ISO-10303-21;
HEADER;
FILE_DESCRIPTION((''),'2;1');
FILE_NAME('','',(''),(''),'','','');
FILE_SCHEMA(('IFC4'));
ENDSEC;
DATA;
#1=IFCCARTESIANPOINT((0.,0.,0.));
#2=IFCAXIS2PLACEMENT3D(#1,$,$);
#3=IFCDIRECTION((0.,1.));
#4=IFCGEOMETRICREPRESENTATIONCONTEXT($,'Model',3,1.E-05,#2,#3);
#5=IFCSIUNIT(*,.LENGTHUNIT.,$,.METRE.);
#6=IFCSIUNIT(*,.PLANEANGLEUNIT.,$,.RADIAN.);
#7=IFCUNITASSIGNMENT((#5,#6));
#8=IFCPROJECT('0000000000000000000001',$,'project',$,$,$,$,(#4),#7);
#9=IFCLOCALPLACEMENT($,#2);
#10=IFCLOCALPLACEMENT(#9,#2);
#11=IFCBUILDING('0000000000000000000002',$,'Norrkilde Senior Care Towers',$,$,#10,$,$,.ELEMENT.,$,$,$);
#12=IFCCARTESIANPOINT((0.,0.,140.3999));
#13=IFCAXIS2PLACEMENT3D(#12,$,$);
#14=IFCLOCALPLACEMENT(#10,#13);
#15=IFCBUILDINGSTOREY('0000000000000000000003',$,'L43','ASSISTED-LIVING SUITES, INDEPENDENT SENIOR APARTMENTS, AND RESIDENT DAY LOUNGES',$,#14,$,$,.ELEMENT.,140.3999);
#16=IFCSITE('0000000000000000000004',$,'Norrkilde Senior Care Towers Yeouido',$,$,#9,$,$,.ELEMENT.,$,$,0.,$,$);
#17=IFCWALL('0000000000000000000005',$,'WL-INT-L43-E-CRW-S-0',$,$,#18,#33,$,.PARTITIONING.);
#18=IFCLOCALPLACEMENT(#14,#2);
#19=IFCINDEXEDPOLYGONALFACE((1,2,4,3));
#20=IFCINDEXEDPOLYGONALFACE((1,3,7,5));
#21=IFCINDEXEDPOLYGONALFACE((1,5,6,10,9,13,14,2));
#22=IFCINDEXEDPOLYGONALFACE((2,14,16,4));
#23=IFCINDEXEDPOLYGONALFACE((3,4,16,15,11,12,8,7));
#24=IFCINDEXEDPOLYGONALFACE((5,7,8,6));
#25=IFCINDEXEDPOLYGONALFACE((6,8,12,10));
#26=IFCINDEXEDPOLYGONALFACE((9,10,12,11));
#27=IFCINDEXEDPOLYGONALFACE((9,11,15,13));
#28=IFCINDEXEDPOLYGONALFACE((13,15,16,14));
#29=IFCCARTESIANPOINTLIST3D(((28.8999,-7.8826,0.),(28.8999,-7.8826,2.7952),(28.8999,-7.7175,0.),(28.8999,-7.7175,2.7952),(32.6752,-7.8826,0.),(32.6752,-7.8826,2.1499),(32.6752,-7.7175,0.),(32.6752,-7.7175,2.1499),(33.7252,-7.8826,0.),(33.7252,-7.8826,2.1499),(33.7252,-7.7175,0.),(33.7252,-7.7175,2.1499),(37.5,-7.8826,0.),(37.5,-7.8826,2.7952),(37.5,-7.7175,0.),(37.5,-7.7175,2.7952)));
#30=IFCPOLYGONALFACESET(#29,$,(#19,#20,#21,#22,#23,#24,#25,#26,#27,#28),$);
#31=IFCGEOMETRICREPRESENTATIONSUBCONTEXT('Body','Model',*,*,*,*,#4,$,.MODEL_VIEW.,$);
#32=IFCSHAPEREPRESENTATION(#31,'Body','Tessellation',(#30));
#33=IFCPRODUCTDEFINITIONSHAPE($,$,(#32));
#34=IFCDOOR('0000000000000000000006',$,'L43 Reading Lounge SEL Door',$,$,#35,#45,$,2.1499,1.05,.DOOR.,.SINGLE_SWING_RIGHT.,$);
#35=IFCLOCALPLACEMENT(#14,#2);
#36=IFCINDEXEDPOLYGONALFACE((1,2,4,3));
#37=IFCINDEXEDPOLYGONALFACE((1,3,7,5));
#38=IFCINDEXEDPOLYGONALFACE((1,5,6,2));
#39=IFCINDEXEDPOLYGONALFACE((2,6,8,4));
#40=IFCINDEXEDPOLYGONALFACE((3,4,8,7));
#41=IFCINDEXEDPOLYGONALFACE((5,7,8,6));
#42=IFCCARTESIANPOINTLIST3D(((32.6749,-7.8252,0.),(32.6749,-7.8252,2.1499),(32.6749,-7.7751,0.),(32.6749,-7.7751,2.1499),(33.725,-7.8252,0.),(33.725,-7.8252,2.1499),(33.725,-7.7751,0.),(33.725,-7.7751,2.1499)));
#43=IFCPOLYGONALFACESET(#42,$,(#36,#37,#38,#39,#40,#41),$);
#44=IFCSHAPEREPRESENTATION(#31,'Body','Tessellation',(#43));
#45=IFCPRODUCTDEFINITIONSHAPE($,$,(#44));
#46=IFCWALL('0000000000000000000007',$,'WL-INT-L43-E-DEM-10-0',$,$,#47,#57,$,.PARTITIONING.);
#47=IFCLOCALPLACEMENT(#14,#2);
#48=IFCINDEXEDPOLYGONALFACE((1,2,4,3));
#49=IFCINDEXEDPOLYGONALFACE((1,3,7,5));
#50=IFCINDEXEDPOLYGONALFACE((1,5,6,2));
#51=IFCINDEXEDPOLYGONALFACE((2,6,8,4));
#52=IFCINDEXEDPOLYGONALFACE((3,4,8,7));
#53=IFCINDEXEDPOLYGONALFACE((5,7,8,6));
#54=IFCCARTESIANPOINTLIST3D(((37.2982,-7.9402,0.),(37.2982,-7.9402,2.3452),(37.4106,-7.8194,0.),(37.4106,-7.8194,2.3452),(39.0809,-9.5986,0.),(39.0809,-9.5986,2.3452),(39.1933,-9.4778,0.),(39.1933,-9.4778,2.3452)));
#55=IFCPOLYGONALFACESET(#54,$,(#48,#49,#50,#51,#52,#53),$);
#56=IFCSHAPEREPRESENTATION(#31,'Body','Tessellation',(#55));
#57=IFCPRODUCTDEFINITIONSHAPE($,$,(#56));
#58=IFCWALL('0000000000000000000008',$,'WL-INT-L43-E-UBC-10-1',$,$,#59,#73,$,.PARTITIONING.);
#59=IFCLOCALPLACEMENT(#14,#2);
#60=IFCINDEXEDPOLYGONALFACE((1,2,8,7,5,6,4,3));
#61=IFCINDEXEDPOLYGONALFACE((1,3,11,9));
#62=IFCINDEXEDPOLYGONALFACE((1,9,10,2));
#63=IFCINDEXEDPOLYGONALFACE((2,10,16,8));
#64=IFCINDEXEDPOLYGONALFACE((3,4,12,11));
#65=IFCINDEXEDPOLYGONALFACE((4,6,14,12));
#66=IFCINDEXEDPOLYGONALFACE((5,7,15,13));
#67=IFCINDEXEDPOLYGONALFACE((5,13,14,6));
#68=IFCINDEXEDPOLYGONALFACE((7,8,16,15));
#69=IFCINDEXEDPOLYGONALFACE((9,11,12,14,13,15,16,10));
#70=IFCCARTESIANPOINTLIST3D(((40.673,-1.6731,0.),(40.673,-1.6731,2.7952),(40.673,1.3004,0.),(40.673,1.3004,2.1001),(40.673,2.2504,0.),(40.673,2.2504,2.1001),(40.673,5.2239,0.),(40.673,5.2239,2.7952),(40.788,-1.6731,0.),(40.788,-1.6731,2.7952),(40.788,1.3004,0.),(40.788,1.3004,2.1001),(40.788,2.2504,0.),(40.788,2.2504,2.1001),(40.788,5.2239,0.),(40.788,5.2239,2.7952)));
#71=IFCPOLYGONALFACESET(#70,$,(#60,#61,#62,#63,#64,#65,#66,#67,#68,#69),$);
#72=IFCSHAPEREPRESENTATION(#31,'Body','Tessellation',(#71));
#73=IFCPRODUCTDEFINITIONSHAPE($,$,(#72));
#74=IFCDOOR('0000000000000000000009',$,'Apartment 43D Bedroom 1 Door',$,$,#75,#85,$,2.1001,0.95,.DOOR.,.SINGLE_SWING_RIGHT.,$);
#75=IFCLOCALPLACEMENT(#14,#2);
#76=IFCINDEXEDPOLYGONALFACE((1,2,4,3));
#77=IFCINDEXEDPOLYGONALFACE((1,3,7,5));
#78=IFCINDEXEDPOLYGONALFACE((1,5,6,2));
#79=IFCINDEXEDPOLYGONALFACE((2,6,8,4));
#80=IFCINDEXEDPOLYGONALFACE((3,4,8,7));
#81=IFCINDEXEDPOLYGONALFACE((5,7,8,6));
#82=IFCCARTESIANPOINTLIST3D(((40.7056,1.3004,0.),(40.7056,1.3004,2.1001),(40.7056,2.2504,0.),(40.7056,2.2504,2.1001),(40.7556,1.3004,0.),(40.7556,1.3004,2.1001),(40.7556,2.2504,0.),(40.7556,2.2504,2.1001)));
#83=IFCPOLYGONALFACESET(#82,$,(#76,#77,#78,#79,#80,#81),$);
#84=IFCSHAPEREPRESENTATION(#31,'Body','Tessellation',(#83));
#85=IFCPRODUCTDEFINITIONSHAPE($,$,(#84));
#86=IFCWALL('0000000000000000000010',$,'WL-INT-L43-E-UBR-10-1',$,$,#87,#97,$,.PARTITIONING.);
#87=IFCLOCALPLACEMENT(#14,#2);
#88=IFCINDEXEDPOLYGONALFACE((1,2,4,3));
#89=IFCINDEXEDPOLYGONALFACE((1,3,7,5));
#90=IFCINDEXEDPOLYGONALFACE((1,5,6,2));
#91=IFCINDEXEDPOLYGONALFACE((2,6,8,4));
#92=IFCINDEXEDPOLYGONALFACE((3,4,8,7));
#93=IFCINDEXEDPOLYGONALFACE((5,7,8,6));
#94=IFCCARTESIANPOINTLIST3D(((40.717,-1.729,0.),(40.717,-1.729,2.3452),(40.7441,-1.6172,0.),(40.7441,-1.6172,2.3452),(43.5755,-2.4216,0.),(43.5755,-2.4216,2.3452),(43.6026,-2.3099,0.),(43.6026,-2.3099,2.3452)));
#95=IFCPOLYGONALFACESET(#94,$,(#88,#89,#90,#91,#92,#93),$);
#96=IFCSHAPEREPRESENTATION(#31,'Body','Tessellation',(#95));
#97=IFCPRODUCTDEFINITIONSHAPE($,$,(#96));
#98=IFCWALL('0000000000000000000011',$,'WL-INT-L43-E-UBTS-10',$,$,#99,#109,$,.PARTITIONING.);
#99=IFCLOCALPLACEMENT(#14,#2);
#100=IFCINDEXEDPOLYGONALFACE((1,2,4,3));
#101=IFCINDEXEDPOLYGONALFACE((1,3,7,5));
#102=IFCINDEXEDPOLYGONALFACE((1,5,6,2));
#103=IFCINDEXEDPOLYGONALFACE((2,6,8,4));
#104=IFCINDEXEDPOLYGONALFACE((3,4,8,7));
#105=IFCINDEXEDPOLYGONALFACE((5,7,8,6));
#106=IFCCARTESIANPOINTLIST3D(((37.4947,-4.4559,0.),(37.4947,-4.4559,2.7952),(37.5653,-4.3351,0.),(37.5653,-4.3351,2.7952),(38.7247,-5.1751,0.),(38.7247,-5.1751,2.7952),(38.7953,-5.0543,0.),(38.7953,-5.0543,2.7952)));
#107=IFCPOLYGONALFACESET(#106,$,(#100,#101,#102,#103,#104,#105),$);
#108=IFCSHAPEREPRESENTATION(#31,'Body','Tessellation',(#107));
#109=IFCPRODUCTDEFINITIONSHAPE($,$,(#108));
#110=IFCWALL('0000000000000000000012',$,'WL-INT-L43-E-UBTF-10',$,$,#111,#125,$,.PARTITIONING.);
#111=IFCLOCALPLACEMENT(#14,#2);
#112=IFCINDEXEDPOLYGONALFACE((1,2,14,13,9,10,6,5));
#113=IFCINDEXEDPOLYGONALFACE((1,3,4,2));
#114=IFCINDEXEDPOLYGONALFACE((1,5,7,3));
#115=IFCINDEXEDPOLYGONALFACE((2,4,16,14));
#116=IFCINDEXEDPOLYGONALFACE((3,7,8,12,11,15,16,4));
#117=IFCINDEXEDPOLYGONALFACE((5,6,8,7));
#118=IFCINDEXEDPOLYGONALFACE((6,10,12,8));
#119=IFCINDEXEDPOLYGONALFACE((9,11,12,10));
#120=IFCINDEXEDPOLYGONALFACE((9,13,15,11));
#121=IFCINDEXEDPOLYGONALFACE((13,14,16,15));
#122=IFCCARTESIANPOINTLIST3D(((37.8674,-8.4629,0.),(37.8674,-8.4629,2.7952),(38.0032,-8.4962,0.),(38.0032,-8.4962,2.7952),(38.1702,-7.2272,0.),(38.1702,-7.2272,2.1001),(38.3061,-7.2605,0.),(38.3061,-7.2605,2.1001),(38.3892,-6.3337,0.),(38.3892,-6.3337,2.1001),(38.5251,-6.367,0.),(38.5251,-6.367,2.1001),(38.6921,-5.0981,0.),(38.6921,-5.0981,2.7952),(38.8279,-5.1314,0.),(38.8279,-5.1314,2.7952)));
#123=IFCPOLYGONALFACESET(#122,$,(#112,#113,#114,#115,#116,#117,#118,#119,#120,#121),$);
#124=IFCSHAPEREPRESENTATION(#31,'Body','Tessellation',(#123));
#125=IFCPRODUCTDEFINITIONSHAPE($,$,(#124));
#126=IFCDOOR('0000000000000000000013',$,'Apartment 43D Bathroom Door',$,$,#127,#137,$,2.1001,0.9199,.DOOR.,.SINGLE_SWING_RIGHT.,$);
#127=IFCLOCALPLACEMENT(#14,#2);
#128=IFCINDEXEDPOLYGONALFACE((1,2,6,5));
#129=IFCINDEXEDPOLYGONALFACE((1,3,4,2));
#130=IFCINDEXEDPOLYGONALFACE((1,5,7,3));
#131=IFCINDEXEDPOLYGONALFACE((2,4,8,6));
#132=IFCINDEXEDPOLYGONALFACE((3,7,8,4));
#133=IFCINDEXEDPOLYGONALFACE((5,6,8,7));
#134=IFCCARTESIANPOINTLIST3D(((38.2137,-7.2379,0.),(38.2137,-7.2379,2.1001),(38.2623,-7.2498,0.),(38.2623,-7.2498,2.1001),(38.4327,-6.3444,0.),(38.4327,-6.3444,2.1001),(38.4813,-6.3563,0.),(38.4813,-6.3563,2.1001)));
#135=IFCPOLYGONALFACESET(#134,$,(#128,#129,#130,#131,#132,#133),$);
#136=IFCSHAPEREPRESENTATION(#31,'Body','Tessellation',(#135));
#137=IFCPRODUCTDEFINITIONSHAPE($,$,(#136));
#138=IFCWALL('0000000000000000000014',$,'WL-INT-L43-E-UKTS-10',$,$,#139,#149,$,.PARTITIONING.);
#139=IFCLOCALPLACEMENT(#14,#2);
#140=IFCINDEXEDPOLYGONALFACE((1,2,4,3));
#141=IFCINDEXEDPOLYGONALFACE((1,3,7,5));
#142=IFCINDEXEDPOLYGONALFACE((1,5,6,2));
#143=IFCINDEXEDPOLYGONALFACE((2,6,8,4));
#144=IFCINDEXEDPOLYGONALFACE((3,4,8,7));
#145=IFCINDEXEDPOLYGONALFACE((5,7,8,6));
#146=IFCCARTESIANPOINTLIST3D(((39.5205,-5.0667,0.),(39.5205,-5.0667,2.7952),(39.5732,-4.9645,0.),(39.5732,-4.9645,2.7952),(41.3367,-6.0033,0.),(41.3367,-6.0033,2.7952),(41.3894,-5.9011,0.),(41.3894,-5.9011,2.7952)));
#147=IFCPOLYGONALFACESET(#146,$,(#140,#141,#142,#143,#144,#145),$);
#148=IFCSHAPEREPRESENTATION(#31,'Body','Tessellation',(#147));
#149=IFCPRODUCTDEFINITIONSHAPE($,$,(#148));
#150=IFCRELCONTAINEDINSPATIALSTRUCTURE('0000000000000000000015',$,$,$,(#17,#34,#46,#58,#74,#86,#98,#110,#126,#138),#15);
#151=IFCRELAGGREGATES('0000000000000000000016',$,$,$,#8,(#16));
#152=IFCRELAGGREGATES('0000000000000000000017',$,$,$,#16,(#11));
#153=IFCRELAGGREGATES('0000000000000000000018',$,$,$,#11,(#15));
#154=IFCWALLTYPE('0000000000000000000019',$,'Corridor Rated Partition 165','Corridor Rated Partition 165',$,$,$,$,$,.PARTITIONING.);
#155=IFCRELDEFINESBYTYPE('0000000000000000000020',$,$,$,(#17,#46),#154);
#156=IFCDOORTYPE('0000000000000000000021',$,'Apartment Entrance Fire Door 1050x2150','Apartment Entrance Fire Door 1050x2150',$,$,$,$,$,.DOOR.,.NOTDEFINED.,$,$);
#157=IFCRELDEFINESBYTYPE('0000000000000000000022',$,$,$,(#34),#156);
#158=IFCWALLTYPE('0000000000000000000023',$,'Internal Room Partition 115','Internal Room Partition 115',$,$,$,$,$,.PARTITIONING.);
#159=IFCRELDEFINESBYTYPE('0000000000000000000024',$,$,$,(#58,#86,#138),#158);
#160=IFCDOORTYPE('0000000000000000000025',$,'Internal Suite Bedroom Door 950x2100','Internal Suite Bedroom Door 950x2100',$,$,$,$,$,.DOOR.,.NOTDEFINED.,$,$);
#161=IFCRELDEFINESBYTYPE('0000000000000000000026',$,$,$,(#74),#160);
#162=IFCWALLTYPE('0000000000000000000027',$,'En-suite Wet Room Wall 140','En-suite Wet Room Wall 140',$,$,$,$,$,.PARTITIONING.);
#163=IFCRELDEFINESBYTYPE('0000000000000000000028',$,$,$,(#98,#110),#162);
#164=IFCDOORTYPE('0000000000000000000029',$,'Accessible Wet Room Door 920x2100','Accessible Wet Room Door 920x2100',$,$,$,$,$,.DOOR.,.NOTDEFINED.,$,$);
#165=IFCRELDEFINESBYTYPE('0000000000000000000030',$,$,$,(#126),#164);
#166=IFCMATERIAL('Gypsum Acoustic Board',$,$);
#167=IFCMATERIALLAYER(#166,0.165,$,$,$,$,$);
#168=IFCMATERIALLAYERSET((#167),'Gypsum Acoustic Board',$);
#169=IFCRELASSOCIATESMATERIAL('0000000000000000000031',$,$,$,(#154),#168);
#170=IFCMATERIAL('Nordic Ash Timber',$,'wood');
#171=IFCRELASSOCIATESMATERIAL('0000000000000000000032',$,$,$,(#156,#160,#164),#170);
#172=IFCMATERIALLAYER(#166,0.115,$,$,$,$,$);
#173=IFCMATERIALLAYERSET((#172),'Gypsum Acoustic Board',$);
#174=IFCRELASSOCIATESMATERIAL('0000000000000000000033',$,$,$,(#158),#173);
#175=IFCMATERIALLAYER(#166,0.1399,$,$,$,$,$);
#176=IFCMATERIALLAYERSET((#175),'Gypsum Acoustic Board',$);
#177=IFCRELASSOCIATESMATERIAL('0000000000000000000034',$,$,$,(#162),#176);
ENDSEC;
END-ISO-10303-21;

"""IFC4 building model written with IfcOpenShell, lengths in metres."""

from ifc_helpers import new_model, si_unit, direction, frame, frame_2d, origin, place, context, subcontext, project, spatial, rectangle, extrude, source, transform, mapped, material, layer, layer_set, type_object, type_shapes, element, fill, save


model = new_model("IFC4")

# Units and contexts
model_context = context("Model", 3, precision=1e-05, world=origin(), true_north=direction((0.0, 1.0)))
body_context = subcontext(model_context, "Body", "Model", "MODEL_VIEW")
ifc_project = project(units=[si_unit("LENGTHUNIT", "METRE"), si_unit("PLANEANGLEUNIT", "RADIAN")], contexts=[model_context])

# Site, building, storey
site_placement = place(None, origin())
site = spatial("IfcSite", under=ifc_project, at=site_placement, Name="Norrkilde Senior Care Towers Yeouido", CompositionType="ELEMENT", RefElevation=0.0)
building_placement = place(site_placement, origin())
building = spatial("IfcBuilding", under=site, at=building_placement, Name="Norrkilde Senior Care Towers", CompositionType="ELEMENT")
storey_placement = place(building_placement, frame((0.0, 0.0, 140.3999)))
storey = spatial("IfcBuildingStorey", under=building, at=storey_placement, Name="L43", Description="ASSISTED-LIVING SUITES, INDEPENDENT SENIOR APARTMENTS, AND RESIDENT DAY LOUNGES", CompositionType="ELEMENT", Elevation=140.3999)

# Wall, opening, door
ifc_material_1 = material(Name="Gypsum Acoustic Board")
ifc_layer_1 = layer(ifc_material_1, 0.165)
ifc_layer_set_1 = layer_set([ifc_layer_1], Name="Gypsum Acoustic Board")
wall_type_1 = type_object("IfcWallType", Name="Corridor Rated Partition 165", Description="Corridor Rated Partition 165", PredefinedType="PARTITIONING", material=ifc_layer_set_1)
shared_shape_1 = source(origin(), body_context, "Body", "SweptSolid", [
    extrude(rectangle(XDim=8.6001, YDim=0.165, at=frame_2d((4.3, 0.0))), origin(), (0.0, 0.0, 1.0), 2.7952),
])
wall_1_placement = place(storey_placement, frame((37.5, -7.8, 0.0), z_axis=(0.0, 0.0, 1.0), x_axis=(-1.0, 0.0, 0.0)))
wall_1 = element("IfcWall", 1, at=wall_1_placement, inside=storey, type_object=wall_type_1, Name="WL-INT-L43-E-CRW-S-0", PredefinedType="PARTITIONING", context=body_context, shape_type="MappedRepresentation", body=[
    mapped(shared_shape_1, transform((0.0, 0.0, 0.0), x_axis=(1.0, 0.0, 0.0), y_axis=(0.0, 1.0, 0.0), z_axis=(0.0, 0.0, 1.0), scale=1.0)),
])
opening_1_placement = place(wall_1_placement, frame((3.7749, 0.0, 0.0)))
opening_1 = element("IfcOpeningElement", 2, at=opening_1_placement, cuts=wall_1, PredefinedType="OPENING", context=body_context, shape_type="SweptSolid", body=[
    extrude(rectangle(XDim=1.05, YDim=2.1499, at=frame_2d((0.5249, 1.075))), frame((0.0, 0.0925, 0.0), z_axis=(0.0, -1.0, 0.0), x_axis=(1.0, 0.0, 0.0)), (0.0, 0.0, 1.0), 0.1851),
])
ifc_material_2 = material(Name="Nordic Ash Timber", Category="wood")
door_type_1 = type_object("IfcDoorType", Name="Apartment Entrance Fire Door 1050x2150", Description="Apartment Entrance Fire Door 1050x2150", OperationType="NOTDEFINED", PredefinedType="DOOR", material=ifc_material_2)
shared_shape_2 = source(origin(), body_context, "Body", "SweptSolid", [
    extrude(rectangle(XDim=1.05, YDim=2.1499, at=frame_2d((0.5249, 1.075))), frame((0.0, 0.0249, 0.0), z_axis=(0.0, -1.0, 0.0), x_axis=(1.0, 0.0, 0.0)), (0.0, 0.0, 1.0), 0.05),
])
type_shapes(door_type_1, [shared_shape_2])
door_1_placement = place(opening_1_placement, frame((1.05, 0.0, 0.0), z_axis=(0.0, 0.0, 1.0), x_axis=(-1.0, 0.0, 0.0)))
door_1 = element("IfcDoor", 3, at=door_1_placement, inside=storey, type_object=door_type_1, Name="L43 Reading Lounge SEL Door", OperationType="SINGLE_SWING_RIGHT", OverallHeight=2.1499, OverallWidth=1.05, PredefinedType="DOOR", context=body_context, shape_type="MappedRepresentation", body=[
    mapped(shared_shape_2, transform((0.0, 0.0, 0.0), x_axis=(1.0, 0.0, 0.0), y_axis=(0.0, 1.0, 0.0), z_axis=(0.0, 0.0, 1.0), scale=1.0)),
])
fill(opening_1, door_1)

# Wall
shared_shape_3 = source(origin(), body_context, "Body", "SweptSolid", [
    extrude(rectangle(XDim=2.4348, YDim=0.165, at=frame_2d((1.2173, 0.0))), origin(), (0.0, 0.0, 1.0), 2.3452),
])
type_shapes(wall_type_1, [shared_shape_1, shared_shape_3])
wall_2_placement = place(storey_placement, frame((37.3545, -7.8799, 0.0), z_axis=(0.0, 0.0, 1.0), x_axis=(0.732165, -0.681128, 0.0)))
element("IfcWall", 4, at=wall_2_placement, inside=storey, type_object=wall_type_1, Name="WL-INT-L43-E-DEM-10-0", PredefinedType="PARTITIONING", context=body_context, shape_type="MappedRepresentation", body=[
    mapped(shared_shape_3, transform((0.0, 0.0, 0.0), x_axis=(1.0, 0.0, 0.0), y_axis=(0.0, 1.0, 0.0), z_axis=(0.0, 0.0, 1.0), scale=1.0)),
])

# Wall, opening, door
ifc_layer_2 = layer(ifc_material_1, 0.115)
ifc_layer_set_2 = layer_set([ifc_layer_2], Name="Gypsum Acoustic Board")
wall_type_2 = type_object("IfcWallType", Name="Internal Room Partition 115", Description="Internal Room Partition 115", PredefinedType="PARTITIONING", material=ifc_layer_set_2)
shared_shape_4 = source(origin(), body_context, "Body", "SweptSolid", [
    extrude(rectangle(XDim=6.897, YDim=0.115, at=frame_2d((3.4485, 0.0))), origin(), (0.0, 0.0, 1.0), 2.7952),
])
wall_3_placement = place(storey_placement, frame((40.7305, -1.6731, 0.0), z_axis=(0.0, 0.0, 1.0), x_axis=(0.0, 1.0, 0.0)))
wall_3 = element("IfcWall", 5, at=wall_3_placement, inside=storey, type_object=wall_type_2, Name="WL-INT-L43-E-UBC-10-1", PredefinedType="PARTITIONING", context=body_context, shape_type="MappedRepresentation", body=[
    mapped(shared_shape_4, transform((0.0, 0.0, 0.0), x_axis=(1.0, 0.0, 0.0), y_axis=(0.0, 1.0, 0.0), z_axis=(0.0, 0.0, 1.0), scale=1.0)),
])
opening_2_placement = place(wall_3_placement, frame((2.9734, 0.0, 0.0)))
opening_2 = element("IfcOpeningElement", 6, at=opening_2_placement, cuts=wall_3, PredefinedType="OPENING", context=body_context, shape_type="SweptSolid", body=[
    extrude(rectangle(XDim=0.95, YDim=2.1001, at=frame_2d((0.4751, 1.05))), frame((0.0, 0.0674, 0.0), z_axis=(0.0, -1.0, 0.0), x_axis=(1.0, 0.0, 0.0)), (0.0, 0.0, 1.0), 0.135),
])
door_type_2 = type_object("IfcDoorType", Name="Internal Suite Bedroom Door 950x2100", Description="Internal Suite Bedroom Door 950x2100", OperationType="NOTDEFINED", PredefinedType="DOOR", material=ifc_material_2)
shared_shape_5 = source(origin(), body_context, "Body", "SweptSolid", [
    extrude(rectangle(XDim=0.95, YDim=2.1001, at=frame_2d((0.4751, 1.05))), frame((0.0, 0.0249, 0.0), z_axis=(0.0, -1.0, 0.0), x_axis=(1.0, 0.0, 0.0)), (0.0, 0.0, 1.0), 0.05),
])
type_shapes(door_type_2, [shared_shape_5])
door_2_placement = place(opening_2_placement, origin())
door_2 = element("IfcDoor", 7, at=door_2_placement, inside=storey, type_object=door_type_2, Name="Apartment 43D Bedroom 1 Door", OperationType="SINGLE_SWING_RIGHT", OverallHeight=2.1001, OverallWidth=0.95, PredefinedType="DOOR", context=body_context, shape_type="MappedRepresentation", body=[
    mapped(shared_shape_5, transform((0.0, 0.0, 0.0), x_axis=(1.0, 0.0, 0.0), y_axis=(0.0, 1.0, 0.0), z_axis=(0.0, 0.0, 1.0), scale=1.0)),
])
fill(opening_2, door_2)

# Walls
shared_shape_6 = source(origin(), body_context, "Body", "SweptSolid", [
    extrude(rectangle(XDim=2.9412, YDim=0.115, at=frame_2d((1.4707, 0.0))), origin(), (0.0, 0.0, 1.0), 2.3452),
])
wall_4_placement = place(storey_placement, frame((40.7305, -1.6731, 0.0), z_axis=(0.0, 0.0, 1.0), x_axis=(0.971875, -0.235498, 0.0)))
element("IfcWall", 8, at=wall_4_placement, inside=storey, type_object=wall_type_2, Name="WL-INT-L43-E-UBR-10-1", PredefinedType="PARTITIONING", context=body_context, shape_type="MappedRepresentation", body=[
    mapped(shared_shape_6, transform((0.0, 0.0, 0.0), x_axis=(1.0, 0.0, 0.0), y_axis=(0.0, 1.0, 0.0), z_axis=(0.0, 0.0, 1.0), scale=1.0)),
])
ifc_layer_3 = layer(ifc_material_1, 0.1399)
ifc_layer_set_3 = layer_set([ifc_layer_3], Name="Gypsum Acoustic Board")
wall_type_3 = type_object("IfcWallType", Name="En-suite Wet Room Wall 140", Description="En-suite Wet Room Wall 140", PredefinedType="PARTITIONING", material=ifc_layer_set_3)
shared_shape_7 = source(origin(), body_context, "Body", "SweptSolid", [
    extrude(rectangle(XDim=1.4248, YDim=0.1399, at=frame_2d((0.7124, 0.0))), origin(), (0.0, 0.0, 1.0), 2.7952),
])
wall_5_placement = place(storey_placement, frame((37.53, -4.3955, 0.0), z_axis=(0.0, 0.0, 1.0), x_axis=(0.863244, -0.504787, 0.0)))
element("IfcWall", 9, at=wall_5_placement, inside=storey, type_object=wall_type_3, Name="WL-INT-L43-E-UBTS-10", PredefinedType="PARTITIONING", context=body_context, shape_type="MappedRepresentation", body=[
    mapped(shared_shape_7, transform((0.0, 0.0, 0.0), x_axis=(1.0, 0.0, 0.0), y_axis=(0.0, 1.0, 0.0), z_axis=(0.0, 0.0, 1.0), scale=1.0)),
])

# Wall, opening, door
shared_shape_8 = source(origin(), body_context, "Body", "SweptSolid", [
    extrude(rectangle(XDim=3.4644, YDim=0.1399, at=frame_2d((1.7322, 0.0))), origin(), (0.0, 0.0, 1.0), 2.7952),
])
type_shapes(wall_type_3, [shared_shape_7, shared_shape_8])
wall_6_placement = place(storey_placement, frame((38.76, -5.1147, 0.0), z_axis=(0.0, 0.0, 1.0), x_axis=(-0.238056, -0.971251, 0.0)))
wall_6 = element("IfcWall", 10, at=wall_6_placement, inside=storey, type_object=wall_type_3, Name="WL-INT-L43-E-UBTF-10", PredefinedType="PARTITIONING", context=body_context, shape_type="MappedRepresentation", body=[
    mapped(shared_shape_8, transform((0.0, 0.0, 0.0), x_axis=(1.0, 0.0, 0.0), y_axis=(0.0, 1.0, 0.0), z_axis=(0.0, 0.0, 1.0), scale=1.0)),
])
opening_3_placement = place(wall_6_placement, frame((1.2722, 0.0, 0.0)))
opening_3 = element("IfcOpeningElement", 11, at=opening_3_placement, cuts=wall_6, PredefinedType="OPENING", context=body_context, shape_type="SweptSolid", body=[
    extrude(rectangle(XDim=0.9199, YDim=2.1001, at=frame_2d((0.46, 1.05))), frame((0.0, 0.0798, 0.0), z_axis=(0.0, -1.0, 0.0), x_axis=(1.0, 0.0, 0.0)), (0.0, 0.0, 1.0), 0.1599),
])
door_type_3 = type_object("IfcDoorType", Name="Accessible Wet Room Door 920x2100", Description="Accessible Wet Room Door 920x2100", OperationType="NOTDEFINED", PredefinedType="DOOR", material=ifc_material_2)
shared_shape_9 = source(origin(), body_context, "Body", "SweptSolid", [
    extrude(rectangle(XDim=0.9199, YDim=2.1001, at=frame_2d((0.46, 1.05))), frame((0.0, 0.0249, 0.0), z_axis=(0.0, -1.0, 0.0), x_axis=(1.0, 0.0, 0.0)), (0.0, 0.0, 1.0), 0.05),
])
type_shapes(door_type_3, [shared_shape_9])
door_3_placement = place(opening_3_placement, origin())
door_3 = element("IfcDoor", 12, at=door_3_placement, inside=storey, type_object=door_type_3, Name="Apartment 43D Bathroom Door", OperationType="SINGLE_SWING_RIGHT", OverallHeight=2.1001, OverallWidth=0.9199, PredefinedType="DOOR", context=body_context, shape_type="MappedRepresentation", body=[
    mapped(shared_shape_9, transform((0.0, 0.0, 0.0), x_axis=(1.0, 0.0, 0.0), y_axis=(0.0, 1.0, 0.0), z_axis=(0.0, 0.0, 1.0), scale=1.0)),
])
fill(opening_3, door_3)

# Wall
shared_shape_10 = source(origin(), body_context, "Body", "SweptSolid", [
    extrude(rectangle(XDim=2.0435, YDim=0.115, at=frame_2d((1.0217, 0.0))), origin(), (0.0, 0.0, 1.0), 2.7952),
])
wall_7_placement = place(storey_placement, frame((39.5469, -5.0156, 0.0), z_axis=(0.0, 0.0, 1.0), x_axis=(0.88879, -0.458314, 0.0)))
element("IfcWall", 13, at=wall_7_placement, inside=storey, type_object=wall_type_2, Name="WL-INT-L43-E-UKTS-10", PredefinedType="PARTITIONING", context=body_context, shape_type="MappedRepresentation", body=[
    mapped(shared_shape_10, transform((0.0, 0.0, 0.0), x_axis=(1.0, 0.0, 0.0), y_axis=(0.0, 1.0, 0.0), z_axis=(0.0, 0.0, 1.0), scale=1.0)),
])

save(model, "model.ifc")
